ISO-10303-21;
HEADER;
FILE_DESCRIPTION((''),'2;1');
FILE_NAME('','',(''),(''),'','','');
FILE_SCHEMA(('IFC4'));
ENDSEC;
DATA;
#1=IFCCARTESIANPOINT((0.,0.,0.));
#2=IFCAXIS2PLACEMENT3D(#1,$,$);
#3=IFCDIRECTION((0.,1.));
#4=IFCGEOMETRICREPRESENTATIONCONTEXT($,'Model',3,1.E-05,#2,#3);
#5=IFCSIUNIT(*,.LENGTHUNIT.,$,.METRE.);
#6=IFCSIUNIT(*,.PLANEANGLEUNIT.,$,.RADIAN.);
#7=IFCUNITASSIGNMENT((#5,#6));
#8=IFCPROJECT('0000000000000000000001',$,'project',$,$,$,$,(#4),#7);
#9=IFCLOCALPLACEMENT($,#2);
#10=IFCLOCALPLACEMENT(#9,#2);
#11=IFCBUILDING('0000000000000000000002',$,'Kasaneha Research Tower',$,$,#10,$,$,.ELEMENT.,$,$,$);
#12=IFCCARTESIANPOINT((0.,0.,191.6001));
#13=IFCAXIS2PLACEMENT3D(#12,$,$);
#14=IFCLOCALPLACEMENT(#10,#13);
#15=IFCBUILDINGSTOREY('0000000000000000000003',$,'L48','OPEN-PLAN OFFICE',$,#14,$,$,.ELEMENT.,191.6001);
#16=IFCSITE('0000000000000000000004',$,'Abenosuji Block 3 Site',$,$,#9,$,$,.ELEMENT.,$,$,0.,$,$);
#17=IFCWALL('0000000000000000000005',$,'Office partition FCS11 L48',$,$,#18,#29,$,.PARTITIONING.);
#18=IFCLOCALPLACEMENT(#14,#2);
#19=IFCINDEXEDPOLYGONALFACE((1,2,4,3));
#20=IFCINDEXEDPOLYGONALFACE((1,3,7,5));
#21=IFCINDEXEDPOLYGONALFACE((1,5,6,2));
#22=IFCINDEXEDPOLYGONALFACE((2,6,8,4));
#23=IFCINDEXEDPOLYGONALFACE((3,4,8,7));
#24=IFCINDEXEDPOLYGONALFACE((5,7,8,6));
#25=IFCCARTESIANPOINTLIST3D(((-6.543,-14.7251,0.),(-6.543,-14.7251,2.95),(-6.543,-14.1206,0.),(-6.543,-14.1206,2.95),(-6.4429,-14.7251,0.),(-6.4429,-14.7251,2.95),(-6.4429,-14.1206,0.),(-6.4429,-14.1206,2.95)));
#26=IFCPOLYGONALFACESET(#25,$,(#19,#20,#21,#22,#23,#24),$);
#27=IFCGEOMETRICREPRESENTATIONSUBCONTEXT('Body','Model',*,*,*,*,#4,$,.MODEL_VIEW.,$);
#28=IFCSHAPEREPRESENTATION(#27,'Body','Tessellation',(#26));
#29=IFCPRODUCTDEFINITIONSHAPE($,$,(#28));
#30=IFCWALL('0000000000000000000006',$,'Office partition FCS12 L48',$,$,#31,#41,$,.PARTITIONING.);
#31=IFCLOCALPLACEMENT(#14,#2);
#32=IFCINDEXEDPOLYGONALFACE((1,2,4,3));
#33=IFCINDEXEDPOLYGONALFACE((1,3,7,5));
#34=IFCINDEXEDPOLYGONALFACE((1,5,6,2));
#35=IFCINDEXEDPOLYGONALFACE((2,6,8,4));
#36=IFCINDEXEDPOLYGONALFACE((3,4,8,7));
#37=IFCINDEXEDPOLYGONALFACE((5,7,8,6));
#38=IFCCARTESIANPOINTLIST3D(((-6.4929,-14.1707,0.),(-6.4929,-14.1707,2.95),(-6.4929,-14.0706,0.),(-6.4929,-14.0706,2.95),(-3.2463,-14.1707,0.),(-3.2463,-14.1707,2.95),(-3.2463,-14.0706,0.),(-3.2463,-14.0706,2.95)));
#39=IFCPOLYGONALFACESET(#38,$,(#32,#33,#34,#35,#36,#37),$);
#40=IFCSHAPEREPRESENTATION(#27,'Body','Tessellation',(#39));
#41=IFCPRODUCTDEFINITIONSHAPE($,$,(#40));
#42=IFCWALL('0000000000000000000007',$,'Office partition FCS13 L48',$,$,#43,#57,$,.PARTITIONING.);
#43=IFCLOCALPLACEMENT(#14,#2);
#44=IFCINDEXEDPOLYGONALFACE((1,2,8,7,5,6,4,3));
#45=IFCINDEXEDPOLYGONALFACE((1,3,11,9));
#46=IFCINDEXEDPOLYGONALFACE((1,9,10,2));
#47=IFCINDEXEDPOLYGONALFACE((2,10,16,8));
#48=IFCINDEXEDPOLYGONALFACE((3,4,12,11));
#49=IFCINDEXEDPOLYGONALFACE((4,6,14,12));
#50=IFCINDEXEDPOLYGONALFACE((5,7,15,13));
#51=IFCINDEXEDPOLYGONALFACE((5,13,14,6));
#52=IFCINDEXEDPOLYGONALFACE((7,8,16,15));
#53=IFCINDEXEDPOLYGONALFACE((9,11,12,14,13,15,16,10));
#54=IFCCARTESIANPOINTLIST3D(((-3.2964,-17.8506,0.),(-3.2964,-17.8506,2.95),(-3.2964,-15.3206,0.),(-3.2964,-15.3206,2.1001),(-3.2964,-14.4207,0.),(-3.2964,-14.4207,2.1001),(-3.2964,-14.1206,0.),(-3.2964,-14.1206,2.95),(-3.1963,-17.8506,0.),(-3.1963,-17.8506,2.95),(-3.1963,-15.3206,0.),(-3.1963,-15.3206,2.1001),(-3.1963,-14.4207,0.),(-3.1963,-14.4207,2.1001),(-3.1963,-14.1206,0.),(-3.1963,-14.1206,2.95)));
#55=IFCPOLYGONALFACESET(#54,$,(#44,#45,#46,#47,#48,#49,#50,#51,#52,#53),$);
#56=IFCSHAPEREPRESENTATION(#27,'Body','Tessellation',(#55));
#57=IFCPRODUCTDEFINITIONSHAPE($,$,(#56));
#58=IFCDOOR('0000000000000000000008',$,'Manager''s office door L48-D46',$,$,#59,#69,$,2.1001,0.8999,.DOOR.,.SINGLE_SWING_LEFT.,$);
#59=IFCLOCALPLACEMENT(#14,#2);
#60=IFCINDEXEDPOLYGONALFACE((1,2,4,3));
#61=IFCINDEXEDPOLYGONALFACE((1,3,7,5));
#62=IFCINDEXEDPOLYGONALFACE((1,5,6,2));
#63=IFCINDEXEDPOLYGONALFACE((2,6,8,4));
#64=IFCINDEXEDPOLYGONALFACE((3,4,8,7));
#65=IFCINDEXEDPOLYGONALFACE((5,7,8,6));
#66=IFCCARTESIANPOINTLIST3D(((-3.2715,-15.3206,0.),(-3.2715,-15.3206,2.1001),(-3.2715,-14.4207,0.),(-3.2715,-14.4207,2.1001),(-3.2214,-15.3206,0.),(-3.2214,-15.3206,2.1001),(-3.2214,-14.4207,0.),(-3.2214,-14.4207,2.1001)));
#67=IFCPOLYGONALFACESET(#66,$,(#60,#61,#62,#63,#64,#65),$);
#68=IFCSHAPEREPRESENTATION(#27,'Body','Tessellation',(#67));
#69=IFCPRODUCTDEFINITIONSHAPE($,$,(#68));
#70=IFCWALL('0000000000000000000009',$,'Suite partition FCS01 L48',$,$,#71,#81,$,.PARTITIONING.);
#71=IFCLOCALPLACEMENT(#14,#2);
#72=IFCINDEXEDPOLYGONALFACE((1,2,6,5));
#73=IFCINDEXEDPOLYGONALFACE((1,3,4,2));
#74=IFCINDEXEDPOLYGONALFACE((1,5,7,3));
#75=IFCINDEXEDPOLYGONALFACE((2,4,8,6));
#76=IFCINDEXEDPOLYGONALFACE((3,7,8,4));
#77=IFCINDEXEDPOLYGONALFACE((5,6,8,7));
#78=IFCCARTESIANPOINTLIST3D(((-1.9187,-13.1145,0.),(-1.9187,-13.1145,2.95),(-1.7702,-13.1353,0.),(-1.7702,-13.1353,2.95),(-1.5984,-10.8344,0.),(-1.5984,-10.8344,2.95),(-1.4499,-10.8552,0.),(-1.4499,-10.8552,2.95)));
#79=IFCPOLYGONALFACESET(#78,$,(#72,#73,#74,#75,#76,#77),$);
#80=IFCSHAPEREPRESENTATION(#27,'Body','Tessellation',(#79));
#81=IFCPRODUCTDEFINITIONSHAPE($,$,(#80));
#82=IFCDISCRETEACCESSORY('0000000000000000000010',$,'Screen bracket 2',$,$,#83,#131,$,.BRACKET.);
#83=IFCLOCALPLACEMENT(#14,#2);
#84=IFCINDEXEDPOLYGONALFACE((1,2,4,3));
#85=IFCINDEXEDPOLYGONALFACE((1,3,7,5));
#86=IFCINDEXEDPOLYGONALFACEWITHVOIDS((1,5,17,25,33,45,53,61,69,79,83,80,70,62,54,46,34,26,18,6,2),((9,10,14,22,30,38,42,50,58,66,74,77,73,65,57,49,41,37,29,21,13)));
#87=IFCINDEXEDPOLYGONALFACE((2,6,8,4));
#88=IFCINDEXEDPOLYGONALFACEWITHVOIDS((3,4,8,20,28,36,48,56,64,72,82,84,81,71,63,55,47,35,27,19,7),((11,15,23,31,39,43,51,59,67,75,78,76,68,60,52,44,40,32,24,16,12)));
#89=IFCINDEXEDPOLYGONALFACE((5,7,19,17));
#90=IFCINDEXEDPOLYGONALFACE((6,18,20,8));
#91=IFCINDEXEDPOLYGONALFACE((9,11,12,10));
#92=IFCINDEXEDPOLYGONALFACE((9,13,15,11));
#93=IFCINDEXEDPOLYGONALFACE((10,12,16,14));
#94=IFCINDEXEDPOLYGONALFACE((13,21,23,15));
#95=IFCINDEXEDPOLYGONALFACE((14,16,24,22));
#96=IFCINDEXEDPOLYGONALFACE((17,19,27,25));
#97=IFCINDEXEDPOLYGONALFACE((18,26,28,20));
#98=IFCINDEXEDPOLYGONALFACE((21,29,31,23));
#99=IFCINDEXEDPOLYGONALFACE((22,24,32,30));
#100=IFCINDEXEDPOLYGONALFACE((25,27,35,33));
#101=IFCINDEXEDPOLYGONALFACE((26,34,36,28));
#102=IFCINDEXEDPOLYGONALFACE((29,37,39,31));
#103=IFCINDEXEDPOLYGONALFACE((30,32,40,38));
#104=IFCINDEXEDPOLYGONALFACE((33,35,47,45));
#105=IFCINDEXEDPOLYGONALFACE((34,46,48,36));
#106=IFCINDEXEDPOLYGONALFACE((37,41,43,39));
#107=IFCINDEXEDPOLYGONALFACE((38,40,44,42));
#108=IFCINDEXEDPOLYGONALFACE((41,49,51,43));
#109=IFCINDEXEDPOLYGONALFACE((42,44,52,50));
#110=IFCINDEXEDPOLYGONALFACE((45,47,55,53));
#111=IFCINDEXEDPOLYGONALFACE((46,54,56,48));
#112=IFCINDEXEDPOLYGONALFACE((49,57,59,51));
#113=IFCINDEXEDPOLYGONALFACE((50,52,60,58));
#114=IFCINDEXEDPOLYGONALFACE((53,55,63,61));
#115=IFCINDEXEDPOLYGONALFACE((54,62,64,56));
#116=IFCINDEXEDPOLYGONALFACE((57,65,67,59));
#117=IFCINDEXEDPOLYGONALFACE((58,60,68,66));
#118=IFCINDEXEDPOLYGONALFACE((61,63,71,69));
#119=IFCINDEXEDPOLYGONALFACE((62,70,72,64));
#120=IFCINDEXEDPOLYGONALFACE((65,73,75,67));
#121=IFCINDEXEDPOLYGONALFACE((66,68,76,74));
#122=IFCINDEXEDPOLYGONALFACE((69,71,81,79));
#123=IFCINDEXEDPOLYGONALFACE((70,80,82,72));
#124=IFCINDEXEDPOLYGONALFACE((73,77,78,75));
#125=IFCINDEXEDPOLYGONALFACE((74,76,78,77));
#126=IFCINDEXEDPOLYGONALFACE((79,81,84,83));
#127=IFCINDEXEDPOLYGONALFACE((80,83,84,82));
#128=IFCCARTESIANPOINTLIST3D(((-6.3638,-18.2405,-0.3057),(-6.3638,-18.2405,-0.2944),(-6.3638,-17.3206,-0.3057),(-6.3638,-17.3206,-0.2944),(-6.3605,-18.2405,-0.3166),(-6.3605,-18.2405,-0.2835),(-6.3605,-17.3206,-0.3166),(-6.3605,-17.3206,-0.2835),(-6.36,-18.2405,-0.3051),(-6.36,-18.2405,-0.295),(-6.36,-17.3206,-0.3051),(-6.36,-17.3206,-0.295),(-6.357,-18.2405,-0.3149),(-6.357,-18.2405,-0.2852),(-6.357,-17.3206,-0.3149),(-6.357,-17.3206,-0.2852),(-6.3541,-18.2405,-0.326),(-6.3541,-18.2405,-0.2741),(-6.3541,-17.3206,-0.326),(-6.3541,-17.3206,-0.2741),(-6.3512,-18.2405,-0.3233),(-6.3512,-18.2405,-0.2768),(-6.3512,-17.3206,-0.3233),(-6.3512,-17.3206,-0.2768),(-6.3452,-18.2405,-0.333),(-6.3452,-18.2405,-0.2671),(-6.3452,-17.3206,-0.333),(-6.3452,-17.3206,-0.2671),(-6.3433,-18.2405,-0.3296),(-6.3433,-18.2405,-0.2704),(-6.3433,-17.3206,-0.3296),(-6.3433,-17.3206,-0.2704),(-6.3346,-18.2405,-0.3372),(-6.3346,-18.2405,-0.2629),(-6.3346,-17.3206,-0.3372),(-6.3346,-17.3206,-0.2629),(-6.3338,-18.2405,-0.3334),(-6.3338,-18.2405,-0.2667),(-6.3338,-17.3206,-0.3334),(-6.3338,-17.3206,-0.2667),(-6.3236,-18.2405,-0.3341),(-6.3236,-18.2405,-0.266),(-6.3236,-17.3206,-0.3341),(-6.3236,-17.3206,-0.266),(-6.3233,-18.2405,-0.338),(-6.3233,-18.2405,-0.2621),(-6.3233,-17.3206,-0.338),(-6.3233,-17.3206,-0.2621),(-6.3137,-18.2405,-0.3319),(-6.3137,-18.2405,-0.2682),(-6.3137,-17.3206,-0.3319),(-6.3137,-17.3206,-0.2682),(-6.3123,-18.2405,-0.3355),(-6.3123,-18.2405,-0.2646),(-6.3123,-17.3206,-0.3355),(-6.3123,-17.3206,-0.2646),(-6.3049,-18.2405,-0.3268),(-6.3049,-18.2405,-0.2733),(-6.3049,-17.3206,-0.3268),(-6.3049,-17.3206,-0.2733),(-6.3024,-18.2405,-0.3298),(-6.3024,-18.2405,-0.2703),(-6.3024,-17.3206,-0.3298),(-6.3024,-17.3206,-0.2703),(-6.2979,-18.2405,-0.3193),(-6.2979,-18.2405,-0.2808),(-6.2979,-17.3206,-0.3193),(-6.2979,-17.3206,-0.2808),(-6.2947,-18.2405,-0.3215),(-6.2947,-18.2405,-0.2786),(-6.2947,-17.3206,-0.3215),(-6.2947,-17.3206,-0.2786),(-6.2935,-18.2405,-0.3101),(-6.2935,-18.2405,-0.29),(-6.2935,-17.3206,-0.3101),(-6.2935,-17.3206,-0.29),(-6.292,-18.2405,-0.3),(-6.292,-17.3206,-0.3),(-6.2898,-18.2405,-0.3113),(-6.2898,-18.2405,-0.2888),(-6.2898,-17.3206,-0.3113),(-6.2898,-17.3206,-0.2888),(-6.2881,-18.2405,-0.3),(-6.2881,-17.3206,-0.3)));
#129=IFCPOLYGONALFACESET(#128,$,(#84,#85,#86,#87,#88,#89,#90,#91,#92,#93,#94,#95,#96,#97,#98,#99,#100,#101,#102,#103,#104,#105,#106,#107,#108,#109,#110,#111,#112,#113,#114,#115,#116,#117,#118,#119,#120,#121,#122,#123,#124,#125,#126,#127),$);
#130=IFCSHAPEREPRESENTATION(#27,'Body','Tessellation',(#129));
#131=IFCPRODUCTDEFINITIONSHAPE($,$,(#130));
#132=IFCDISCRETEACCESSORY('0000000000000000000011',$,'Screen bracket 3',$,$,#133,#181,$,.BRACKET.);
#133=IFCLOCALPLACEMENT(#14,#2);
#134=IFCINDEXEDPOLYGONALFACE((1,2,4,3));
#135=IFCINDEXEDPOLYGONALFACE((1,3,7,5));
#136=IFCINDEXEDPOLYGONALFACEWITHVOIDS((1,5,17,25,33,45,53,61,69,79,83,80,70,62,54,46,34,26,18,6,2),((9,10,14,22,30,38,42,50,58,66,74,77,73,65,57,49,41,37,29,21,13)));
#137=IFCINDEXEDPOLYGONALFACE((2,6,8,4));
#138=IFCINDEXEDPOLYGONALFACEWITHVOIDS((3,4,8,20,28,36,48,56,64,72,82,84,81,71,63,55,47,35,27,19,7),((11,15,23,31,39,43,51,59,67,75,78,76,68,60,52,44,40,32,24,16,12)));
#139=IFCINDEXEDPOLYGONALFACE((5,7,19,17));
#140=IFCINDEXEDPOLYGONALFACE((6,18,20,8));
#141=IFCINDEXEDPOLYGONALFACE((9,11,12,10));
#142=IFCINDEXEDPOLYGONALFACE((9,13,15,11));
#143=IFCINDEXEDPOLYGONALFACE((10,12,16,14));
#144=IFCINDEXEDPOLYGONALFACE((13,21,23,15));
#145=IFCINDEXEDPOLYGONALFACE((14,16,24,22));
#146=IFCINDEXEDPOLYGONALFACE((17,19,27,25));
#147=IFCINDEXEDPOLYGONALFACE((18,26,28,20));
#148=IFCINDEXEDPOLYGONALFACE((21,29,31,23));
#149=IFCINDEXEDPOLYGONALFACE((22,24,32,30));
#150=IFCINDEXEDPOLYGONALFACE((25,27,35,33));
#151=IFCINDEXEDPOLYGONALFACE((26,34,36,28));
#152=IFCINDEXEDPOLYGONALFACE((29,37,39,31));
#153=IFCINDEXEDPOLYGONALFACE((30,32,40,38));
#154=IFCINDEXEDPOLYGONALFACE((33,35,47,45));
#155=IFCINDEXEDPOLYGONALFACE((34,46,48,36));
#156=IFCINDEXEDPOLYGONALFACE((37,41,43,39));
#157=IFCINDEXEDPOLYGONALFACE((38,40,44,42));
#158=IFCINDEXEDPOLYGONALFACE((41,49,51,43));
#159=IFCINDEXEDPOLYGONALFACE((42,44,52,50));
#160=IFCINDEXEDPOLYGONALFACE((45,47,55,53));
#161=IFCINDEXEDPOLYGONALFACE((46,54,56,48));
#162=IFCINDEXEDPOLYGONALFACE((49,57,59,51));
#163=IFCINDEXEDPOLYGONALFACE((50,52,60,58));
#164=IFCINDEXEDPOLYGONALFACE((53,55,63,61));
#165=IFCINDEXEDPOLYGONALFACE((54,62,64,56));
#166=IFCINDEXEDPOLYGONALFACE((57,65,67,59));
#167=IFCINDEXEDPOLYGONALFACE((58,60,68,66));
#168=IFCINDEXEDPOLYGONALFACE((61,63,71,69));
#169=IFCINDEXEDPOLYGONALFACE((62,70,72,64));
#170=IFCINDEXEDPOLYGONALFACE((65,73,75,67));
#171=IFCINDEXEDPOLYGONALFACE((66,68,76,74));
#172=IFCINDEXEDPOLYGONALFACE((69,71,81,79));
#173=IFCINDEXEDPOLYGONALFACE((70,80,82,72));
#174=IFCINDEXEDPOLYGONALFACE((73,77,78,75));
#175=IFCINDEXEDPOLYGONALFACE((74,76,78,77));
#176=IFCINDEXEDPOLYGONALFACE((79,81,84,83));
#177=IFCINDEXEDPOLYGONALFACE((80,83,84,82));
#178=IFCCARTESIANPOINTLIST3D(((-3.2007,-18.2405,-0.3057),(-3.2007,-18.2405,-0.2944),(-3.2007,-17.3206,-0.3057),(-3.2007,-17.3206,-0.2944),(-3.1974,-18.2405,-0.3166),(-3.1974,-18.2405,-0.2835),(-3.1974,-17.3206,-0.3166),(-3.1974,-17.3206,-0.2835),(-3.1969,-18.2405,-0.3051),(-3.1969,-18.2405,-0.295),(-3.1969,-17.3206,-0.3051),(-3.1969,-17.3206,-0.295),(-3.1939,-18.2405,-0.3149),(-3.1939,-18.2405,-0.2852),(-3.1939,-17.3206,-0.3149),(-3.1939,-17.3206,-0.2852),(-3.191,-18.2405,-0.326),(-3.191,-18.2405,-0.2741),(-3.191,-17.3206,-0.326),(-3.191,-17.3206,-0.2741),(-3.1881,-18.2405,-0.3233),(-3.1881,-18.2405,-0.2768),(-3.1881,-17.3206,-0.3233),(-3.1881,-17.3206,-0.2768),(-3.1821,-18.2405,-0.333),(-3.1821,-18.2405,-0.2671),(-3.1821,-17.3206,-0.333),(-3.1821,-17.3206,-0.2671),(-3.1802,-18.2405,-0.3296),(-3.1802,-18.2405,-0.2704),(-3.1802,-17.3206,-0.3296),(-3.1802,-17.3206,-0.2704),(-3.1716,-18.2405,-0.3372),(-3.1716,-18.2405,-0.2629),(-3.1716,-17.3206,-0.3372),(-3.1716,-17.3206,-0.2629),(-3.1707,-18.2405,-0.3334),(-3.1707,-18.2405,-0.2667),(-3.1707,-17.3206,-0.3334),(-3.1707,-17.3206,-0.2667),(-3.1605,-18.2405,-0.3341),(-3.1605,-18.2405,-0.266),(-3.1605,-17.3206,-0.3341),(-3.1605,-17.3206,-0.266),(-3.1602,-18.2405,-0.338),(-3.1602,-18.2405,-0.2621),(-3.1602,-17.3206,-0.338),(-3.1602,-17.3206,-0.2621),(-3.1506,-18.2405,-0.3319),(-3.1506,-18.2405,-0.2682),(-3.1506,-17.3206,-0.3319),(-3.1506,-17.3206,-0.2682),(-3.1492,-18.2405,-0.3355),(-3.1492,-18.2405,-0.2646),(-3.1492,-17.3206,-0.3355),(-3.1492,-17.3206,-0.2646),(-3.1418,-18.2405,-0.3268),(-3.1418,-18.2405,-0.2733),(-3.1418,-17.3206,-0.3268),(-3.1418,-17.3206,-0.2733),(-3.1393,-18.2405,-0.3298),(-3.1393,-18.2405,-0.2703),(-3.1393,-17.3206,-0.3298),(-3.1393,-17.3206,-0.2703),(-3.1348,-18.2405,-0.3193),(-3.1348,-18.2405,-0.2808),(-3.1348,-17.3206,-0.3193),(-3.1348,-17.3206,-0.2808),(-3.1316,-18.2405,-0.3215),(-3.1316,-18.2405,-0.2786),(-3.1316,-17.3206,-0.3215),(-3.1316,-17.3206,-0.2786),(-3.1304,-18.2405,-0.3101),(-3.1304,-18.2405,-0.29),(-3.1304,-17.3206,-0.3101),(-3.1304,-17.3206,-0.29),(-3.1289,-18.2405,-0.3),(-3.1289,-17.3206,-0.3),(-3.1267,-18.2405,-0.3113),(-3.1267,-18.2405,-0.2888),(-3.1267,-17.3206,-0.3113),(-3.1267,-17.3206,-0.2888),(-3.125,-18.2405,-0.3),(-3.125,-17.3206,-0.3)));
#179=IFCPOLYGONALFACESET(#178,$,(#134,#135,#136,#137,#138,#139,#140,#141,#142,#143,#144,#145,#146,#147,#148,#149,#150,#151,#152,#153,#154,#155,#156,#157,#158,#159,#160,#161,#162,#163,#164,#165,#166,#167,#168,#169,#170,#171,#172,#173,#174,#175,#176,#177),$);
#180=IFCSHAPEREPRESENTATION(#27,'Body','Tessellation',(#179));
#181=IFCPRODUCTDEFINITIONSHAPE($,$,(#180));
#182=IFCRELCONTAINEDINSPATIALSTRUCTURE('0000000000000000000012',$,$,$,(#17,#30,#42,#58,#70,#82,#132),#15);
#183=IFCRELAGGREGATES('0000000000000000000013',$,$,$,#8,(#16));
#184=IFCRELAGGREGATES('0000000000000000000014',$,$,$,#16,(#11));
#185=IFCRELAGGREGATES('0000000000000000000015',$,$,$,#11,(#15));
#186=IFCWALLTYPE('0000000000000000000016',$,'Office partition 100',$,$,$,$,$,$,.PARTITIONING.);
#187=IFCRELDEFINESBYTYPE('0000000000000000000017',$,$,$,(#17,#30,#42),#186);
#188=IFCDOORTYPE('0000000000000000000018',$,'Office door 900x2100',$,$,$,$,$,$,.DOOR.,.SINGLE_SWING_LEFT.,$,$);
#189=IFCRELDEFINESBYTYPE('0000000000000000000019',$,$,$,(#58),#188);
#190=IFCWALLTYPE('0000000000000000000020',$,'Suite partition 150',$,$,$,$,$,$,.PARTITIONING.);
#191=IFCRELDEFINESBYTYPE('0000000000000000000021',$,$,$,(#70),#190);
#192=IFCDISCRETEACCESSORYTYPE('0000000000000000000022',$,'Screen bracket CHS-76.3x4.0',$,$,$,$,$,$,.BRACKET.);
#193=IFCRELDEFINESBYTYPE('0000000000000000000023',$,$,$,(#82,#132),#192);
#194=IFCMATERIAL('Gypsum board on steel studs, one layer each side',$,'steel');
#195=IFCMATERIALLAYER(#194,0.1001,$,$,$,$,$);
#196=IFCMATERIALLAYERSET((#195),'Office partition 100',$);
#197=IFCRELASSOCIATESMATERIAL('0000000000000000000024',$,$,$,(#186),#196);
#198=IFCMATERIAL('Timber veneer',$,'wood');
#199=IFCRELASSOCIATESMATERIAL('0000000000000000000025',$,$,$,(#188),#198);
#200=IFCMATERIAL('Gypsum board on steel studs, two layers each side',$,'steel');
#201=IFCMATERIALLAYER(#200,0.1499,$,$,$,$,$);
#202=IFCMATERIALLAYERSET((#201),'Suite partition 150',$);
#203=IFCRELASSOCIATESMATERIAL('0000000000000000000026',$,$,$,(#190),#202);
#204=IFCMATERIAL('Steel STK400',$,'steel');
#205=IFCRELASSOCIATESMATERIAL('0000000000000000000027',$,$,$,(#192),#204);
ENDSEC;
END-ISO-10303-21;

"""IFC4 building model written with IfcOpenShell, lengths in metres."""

from ifc_helpers import new_model, si_unit, direction, frame, frame_2d, origin, origin_2d, place, context, subcontext, project, spatial, rectangle, hollow_circle, extrude, material, layer, layer_set, material_profile, profile_set, type_object, element, fill, save


model = new_model("IFC4")

# Units and contexts
model_context = context("Model", 3, precision=1e-05, world=origin(), true_north=direction((0.0, 1.0)))
body_context = subcontext(model_context, "Body", "Model", "MODEL_VIEW")
ifc_project = project(units=[si_unit("LENGTHUNIT", "METRE"), si_unit("PLANEANGLEUNIT", "RADIAN")], contexts=[model_context])

# Site, building, storey
site_placement = place(None, origin())
site = spatial("IfcSite", under=ifc_project, at=site_placement, Name="Abenosuji Block 3 Site", CompositionType="ELEMENT", RefElevation=0.0)
building_placement = place(site_placement, origin())
building = spatial("IfcBuilding", under=site, at=building_placement, Name="Kasaneha Research Tower", CompositionType="ELEMENT")
storey_placement = place(building_placement, frame((0.0, 0.0, 191.6001)))
storey = spatial("IfcBuildingStorey", under=building, at=storey_placement, Name="L48", Description="OPEN-PLAN OFFICE", CompositionType="ELEMENT", Elevation=191.6001)

# Walls
ifc_material_1 = material(Name="Gypsum board on steel studs, one layer each side", Category="steel")
ifc_layer_1 = layer(ifc_material_1, 0.1001)
ifc_layer_set_1 = layer_set([ifc_layer_1], Name="Office partition 100")
wall_type_1 = type_object("IfcWallType", Name="Office partition 100", PredefinedType="PARTITIONING", material=ifc_layer_set_1)
wall_1_placement = place(storey_placement, frame((-6.4929, -14.7251, 0.0), z_axis=(0.0, 0.0, 1.0), x_axis=(0.0, 1.0, 0.0)))
element("IfcWall", 1, at=wall_1_placement, inside=storey, type_object=wall_type_1, Name="Office partition FCS11 L48", PredefinedType="PARTITIONING", context=body_context, shape_type="SweptSolid", body=[
    extrude(rectangle(XDim=0.6045, YDim=0.1001, at=frame_2d((0.3022, 0.0))), origin(), (0.0, 0.0, 1.0), 2.95),
])
wall_2_placement = place(storey_placement, frame((-6.4929, -14.1206, 0.0), z_axis=(0.0, 0.0, 1.0), x_axis=(1.0, 0.0, 0.0)))
element("IfcWall", 2, at=wall_2_placement, inside=storey, type_object=wall_type_1, Name="Office partition FCS12 L48", PredefinedType="PARTITIONING", context=body_context, shape_type="SweptSolid", body=[
    extrude(rectangle(XDim=3.2466, YDim=0.1001, at=frame_2d((1.6233, 0.0))), origin(), (0.0, 0.0, 1.0), 2.95),
])

# Wall, opening, door
wall_3_placement = place(storey_placement, frame((-3.2463, -14.1206, 0.0), z_axis=(0.0, 0.0, 1.0), x_axis=(0.0, -1.0, 0.0)))
wall_3 = element("IfcWall", 3, at=wall_3_placement, inside=storey, type_object=wall_type_1, Name="Office partition FCS13 L48", PredefinedType="PARTITIONING", context=body_context, shape_type="SweptSolid", body=[
    extrude(rectangle(XDim=3.73, YDim=0.1001, at=frame_2d((1.865, 0.0))), origin(), (0.0, 0.0, 1.0), 2.95),
])
opening_1_placement = place(wall_3_placement, frame((0.3, 0.0, 0.0)))
opening_1 = element("IfcOpeningElement", 4, at=opening_1_placement, cuts=wall_3, PredefinedType="OPENING", context=body_context, shape_type="SweptSolid", body=[
    extrude(rectangle(XDim=0.8999, YDim=2.1001, at=frame_2d((0.45, 1.05))), frame((0.0, 0.0601, 0.0), z_axis=(0.0, -1.0, 0.0), x_axis=(1.0, 0.0, 0.0)), (0.0, 0.0, 1.0), 0.1201),
])
ifc_material_2 = material(Name="Timber veneer", Category="wood")
door_type_1 = type_object("IfcDoorType", Name="Office door 900x2100", OperationType="SINGLE_SWING_LEFT", PredefinedType="DOOR", material=ifc_material_2)
door_1_placement = place(opening_1_placement, origin())
door_1 = element("IfcDoor", 5, at=door_1_placement, inside=storey, type_object=door_type_1, Name="Manager's office door L48-D46", OperationType="SINGLE_SWING_LEFT", OverallHeight=2.1001, OverallWidth=0.8999, PredefinedType="DOOR", context=body_context, shape_type="SweptSolid", body=[
    extrude(rectangle(XDim=0.8999, YDim=2.1001, at=frame_2d((0.45, 1.05))), frame((0.0, 0.0249, 0.0), z_axis=(0.0, -1.0, 0.0), x_axis=(1.0, 0.0, 0.0)), (0.0, 0.0, 1.0), 0.05),
])
fill(opening_1, door_1)

# Wall
ifc_material_3 = material(Name="Gypsum board on steel studs, two layers each side", Category="steel")
ifc_layer_2 = layer(ifc_material_3, 0.1499)
ifc_layer_set_2 = layer_set([ifc_layer_2], Name="Suite partition 150")
wall_type_2 = type_object("IfcWallType", Name="Suite partition 150", PredefinedType="PARTITIONING", material=ifc_layer_set_2)
wall_4_placement = place(storey_placement, frame((-1.8445, -13.125, 0.0), z_axis=(0.0, 0.0, 1.0), x_axis=(0.13912, 0.990276, 0.0)))
element("IfcWall", 6, at=wall_4_placement, inside=storey, type_object=wall_type_2, Name="Suite partition FCS01 L48", PredefinedType="PARTITIONING", context=body_context, shape_type="SweptSolid", body=[
    extrude(rectangle(XDim=2.3025, YDim=0.1499, at=frame_2d((1.1514, 0.0))), origin(), (0.0, 0.0, 1.0), 2.95),
])

# Discrete accessories
ifc_material_4 = material(Name="Steel STK400", Category="steel")
ifc_material_profile_1 = material_profile(ifc_material_4, hollow_circle(Radius=0.0381, WallThickness=0.0039, at=origin_2d()), Name="CHS-76.3x4.0")
ifc_profile_set_1 = profile_set([ifc_material_profile_1], Name="Steel STK400")
discrete_accessory_type = type_object("IfcDiscreteAccessoryType", Name="Screen bracket CHS-76.3x4.0", PredefinedType="BRACKET", material=ifc_profile_set_1)
for number, where, z_axis, x_axis, name in (
    (7, (-6.3262, -17.3206, -0.3), (0.0, -1.0, 0.0), (1.0, 0.0, 0.0), "Screen bracket 2"),
    (8, (-3.1631, -17.3206, -0.3), (0.0, -1.0, 0.0), (1.0, 0.0, 0.0), "Screen bracket 3"),
):
    element("IfcDiscreteAccessory", number, at=place(storey_placement, frame(where, z_axis=z_axis, x_axis=x_axis)), inside=storey, type_object=discrete_accessory_type, Name=name, PredefinedType="BRACKET", context=body_context, shape_type="SweptSolid", body=[
        extrude(hollow_circle(Radius=0.0381, WallThickness=0.0039, at=origin_2d()), origin(), (0.0, 0.0, 1.0), 0.9199),
    ])

save(model, "model.ifc")
